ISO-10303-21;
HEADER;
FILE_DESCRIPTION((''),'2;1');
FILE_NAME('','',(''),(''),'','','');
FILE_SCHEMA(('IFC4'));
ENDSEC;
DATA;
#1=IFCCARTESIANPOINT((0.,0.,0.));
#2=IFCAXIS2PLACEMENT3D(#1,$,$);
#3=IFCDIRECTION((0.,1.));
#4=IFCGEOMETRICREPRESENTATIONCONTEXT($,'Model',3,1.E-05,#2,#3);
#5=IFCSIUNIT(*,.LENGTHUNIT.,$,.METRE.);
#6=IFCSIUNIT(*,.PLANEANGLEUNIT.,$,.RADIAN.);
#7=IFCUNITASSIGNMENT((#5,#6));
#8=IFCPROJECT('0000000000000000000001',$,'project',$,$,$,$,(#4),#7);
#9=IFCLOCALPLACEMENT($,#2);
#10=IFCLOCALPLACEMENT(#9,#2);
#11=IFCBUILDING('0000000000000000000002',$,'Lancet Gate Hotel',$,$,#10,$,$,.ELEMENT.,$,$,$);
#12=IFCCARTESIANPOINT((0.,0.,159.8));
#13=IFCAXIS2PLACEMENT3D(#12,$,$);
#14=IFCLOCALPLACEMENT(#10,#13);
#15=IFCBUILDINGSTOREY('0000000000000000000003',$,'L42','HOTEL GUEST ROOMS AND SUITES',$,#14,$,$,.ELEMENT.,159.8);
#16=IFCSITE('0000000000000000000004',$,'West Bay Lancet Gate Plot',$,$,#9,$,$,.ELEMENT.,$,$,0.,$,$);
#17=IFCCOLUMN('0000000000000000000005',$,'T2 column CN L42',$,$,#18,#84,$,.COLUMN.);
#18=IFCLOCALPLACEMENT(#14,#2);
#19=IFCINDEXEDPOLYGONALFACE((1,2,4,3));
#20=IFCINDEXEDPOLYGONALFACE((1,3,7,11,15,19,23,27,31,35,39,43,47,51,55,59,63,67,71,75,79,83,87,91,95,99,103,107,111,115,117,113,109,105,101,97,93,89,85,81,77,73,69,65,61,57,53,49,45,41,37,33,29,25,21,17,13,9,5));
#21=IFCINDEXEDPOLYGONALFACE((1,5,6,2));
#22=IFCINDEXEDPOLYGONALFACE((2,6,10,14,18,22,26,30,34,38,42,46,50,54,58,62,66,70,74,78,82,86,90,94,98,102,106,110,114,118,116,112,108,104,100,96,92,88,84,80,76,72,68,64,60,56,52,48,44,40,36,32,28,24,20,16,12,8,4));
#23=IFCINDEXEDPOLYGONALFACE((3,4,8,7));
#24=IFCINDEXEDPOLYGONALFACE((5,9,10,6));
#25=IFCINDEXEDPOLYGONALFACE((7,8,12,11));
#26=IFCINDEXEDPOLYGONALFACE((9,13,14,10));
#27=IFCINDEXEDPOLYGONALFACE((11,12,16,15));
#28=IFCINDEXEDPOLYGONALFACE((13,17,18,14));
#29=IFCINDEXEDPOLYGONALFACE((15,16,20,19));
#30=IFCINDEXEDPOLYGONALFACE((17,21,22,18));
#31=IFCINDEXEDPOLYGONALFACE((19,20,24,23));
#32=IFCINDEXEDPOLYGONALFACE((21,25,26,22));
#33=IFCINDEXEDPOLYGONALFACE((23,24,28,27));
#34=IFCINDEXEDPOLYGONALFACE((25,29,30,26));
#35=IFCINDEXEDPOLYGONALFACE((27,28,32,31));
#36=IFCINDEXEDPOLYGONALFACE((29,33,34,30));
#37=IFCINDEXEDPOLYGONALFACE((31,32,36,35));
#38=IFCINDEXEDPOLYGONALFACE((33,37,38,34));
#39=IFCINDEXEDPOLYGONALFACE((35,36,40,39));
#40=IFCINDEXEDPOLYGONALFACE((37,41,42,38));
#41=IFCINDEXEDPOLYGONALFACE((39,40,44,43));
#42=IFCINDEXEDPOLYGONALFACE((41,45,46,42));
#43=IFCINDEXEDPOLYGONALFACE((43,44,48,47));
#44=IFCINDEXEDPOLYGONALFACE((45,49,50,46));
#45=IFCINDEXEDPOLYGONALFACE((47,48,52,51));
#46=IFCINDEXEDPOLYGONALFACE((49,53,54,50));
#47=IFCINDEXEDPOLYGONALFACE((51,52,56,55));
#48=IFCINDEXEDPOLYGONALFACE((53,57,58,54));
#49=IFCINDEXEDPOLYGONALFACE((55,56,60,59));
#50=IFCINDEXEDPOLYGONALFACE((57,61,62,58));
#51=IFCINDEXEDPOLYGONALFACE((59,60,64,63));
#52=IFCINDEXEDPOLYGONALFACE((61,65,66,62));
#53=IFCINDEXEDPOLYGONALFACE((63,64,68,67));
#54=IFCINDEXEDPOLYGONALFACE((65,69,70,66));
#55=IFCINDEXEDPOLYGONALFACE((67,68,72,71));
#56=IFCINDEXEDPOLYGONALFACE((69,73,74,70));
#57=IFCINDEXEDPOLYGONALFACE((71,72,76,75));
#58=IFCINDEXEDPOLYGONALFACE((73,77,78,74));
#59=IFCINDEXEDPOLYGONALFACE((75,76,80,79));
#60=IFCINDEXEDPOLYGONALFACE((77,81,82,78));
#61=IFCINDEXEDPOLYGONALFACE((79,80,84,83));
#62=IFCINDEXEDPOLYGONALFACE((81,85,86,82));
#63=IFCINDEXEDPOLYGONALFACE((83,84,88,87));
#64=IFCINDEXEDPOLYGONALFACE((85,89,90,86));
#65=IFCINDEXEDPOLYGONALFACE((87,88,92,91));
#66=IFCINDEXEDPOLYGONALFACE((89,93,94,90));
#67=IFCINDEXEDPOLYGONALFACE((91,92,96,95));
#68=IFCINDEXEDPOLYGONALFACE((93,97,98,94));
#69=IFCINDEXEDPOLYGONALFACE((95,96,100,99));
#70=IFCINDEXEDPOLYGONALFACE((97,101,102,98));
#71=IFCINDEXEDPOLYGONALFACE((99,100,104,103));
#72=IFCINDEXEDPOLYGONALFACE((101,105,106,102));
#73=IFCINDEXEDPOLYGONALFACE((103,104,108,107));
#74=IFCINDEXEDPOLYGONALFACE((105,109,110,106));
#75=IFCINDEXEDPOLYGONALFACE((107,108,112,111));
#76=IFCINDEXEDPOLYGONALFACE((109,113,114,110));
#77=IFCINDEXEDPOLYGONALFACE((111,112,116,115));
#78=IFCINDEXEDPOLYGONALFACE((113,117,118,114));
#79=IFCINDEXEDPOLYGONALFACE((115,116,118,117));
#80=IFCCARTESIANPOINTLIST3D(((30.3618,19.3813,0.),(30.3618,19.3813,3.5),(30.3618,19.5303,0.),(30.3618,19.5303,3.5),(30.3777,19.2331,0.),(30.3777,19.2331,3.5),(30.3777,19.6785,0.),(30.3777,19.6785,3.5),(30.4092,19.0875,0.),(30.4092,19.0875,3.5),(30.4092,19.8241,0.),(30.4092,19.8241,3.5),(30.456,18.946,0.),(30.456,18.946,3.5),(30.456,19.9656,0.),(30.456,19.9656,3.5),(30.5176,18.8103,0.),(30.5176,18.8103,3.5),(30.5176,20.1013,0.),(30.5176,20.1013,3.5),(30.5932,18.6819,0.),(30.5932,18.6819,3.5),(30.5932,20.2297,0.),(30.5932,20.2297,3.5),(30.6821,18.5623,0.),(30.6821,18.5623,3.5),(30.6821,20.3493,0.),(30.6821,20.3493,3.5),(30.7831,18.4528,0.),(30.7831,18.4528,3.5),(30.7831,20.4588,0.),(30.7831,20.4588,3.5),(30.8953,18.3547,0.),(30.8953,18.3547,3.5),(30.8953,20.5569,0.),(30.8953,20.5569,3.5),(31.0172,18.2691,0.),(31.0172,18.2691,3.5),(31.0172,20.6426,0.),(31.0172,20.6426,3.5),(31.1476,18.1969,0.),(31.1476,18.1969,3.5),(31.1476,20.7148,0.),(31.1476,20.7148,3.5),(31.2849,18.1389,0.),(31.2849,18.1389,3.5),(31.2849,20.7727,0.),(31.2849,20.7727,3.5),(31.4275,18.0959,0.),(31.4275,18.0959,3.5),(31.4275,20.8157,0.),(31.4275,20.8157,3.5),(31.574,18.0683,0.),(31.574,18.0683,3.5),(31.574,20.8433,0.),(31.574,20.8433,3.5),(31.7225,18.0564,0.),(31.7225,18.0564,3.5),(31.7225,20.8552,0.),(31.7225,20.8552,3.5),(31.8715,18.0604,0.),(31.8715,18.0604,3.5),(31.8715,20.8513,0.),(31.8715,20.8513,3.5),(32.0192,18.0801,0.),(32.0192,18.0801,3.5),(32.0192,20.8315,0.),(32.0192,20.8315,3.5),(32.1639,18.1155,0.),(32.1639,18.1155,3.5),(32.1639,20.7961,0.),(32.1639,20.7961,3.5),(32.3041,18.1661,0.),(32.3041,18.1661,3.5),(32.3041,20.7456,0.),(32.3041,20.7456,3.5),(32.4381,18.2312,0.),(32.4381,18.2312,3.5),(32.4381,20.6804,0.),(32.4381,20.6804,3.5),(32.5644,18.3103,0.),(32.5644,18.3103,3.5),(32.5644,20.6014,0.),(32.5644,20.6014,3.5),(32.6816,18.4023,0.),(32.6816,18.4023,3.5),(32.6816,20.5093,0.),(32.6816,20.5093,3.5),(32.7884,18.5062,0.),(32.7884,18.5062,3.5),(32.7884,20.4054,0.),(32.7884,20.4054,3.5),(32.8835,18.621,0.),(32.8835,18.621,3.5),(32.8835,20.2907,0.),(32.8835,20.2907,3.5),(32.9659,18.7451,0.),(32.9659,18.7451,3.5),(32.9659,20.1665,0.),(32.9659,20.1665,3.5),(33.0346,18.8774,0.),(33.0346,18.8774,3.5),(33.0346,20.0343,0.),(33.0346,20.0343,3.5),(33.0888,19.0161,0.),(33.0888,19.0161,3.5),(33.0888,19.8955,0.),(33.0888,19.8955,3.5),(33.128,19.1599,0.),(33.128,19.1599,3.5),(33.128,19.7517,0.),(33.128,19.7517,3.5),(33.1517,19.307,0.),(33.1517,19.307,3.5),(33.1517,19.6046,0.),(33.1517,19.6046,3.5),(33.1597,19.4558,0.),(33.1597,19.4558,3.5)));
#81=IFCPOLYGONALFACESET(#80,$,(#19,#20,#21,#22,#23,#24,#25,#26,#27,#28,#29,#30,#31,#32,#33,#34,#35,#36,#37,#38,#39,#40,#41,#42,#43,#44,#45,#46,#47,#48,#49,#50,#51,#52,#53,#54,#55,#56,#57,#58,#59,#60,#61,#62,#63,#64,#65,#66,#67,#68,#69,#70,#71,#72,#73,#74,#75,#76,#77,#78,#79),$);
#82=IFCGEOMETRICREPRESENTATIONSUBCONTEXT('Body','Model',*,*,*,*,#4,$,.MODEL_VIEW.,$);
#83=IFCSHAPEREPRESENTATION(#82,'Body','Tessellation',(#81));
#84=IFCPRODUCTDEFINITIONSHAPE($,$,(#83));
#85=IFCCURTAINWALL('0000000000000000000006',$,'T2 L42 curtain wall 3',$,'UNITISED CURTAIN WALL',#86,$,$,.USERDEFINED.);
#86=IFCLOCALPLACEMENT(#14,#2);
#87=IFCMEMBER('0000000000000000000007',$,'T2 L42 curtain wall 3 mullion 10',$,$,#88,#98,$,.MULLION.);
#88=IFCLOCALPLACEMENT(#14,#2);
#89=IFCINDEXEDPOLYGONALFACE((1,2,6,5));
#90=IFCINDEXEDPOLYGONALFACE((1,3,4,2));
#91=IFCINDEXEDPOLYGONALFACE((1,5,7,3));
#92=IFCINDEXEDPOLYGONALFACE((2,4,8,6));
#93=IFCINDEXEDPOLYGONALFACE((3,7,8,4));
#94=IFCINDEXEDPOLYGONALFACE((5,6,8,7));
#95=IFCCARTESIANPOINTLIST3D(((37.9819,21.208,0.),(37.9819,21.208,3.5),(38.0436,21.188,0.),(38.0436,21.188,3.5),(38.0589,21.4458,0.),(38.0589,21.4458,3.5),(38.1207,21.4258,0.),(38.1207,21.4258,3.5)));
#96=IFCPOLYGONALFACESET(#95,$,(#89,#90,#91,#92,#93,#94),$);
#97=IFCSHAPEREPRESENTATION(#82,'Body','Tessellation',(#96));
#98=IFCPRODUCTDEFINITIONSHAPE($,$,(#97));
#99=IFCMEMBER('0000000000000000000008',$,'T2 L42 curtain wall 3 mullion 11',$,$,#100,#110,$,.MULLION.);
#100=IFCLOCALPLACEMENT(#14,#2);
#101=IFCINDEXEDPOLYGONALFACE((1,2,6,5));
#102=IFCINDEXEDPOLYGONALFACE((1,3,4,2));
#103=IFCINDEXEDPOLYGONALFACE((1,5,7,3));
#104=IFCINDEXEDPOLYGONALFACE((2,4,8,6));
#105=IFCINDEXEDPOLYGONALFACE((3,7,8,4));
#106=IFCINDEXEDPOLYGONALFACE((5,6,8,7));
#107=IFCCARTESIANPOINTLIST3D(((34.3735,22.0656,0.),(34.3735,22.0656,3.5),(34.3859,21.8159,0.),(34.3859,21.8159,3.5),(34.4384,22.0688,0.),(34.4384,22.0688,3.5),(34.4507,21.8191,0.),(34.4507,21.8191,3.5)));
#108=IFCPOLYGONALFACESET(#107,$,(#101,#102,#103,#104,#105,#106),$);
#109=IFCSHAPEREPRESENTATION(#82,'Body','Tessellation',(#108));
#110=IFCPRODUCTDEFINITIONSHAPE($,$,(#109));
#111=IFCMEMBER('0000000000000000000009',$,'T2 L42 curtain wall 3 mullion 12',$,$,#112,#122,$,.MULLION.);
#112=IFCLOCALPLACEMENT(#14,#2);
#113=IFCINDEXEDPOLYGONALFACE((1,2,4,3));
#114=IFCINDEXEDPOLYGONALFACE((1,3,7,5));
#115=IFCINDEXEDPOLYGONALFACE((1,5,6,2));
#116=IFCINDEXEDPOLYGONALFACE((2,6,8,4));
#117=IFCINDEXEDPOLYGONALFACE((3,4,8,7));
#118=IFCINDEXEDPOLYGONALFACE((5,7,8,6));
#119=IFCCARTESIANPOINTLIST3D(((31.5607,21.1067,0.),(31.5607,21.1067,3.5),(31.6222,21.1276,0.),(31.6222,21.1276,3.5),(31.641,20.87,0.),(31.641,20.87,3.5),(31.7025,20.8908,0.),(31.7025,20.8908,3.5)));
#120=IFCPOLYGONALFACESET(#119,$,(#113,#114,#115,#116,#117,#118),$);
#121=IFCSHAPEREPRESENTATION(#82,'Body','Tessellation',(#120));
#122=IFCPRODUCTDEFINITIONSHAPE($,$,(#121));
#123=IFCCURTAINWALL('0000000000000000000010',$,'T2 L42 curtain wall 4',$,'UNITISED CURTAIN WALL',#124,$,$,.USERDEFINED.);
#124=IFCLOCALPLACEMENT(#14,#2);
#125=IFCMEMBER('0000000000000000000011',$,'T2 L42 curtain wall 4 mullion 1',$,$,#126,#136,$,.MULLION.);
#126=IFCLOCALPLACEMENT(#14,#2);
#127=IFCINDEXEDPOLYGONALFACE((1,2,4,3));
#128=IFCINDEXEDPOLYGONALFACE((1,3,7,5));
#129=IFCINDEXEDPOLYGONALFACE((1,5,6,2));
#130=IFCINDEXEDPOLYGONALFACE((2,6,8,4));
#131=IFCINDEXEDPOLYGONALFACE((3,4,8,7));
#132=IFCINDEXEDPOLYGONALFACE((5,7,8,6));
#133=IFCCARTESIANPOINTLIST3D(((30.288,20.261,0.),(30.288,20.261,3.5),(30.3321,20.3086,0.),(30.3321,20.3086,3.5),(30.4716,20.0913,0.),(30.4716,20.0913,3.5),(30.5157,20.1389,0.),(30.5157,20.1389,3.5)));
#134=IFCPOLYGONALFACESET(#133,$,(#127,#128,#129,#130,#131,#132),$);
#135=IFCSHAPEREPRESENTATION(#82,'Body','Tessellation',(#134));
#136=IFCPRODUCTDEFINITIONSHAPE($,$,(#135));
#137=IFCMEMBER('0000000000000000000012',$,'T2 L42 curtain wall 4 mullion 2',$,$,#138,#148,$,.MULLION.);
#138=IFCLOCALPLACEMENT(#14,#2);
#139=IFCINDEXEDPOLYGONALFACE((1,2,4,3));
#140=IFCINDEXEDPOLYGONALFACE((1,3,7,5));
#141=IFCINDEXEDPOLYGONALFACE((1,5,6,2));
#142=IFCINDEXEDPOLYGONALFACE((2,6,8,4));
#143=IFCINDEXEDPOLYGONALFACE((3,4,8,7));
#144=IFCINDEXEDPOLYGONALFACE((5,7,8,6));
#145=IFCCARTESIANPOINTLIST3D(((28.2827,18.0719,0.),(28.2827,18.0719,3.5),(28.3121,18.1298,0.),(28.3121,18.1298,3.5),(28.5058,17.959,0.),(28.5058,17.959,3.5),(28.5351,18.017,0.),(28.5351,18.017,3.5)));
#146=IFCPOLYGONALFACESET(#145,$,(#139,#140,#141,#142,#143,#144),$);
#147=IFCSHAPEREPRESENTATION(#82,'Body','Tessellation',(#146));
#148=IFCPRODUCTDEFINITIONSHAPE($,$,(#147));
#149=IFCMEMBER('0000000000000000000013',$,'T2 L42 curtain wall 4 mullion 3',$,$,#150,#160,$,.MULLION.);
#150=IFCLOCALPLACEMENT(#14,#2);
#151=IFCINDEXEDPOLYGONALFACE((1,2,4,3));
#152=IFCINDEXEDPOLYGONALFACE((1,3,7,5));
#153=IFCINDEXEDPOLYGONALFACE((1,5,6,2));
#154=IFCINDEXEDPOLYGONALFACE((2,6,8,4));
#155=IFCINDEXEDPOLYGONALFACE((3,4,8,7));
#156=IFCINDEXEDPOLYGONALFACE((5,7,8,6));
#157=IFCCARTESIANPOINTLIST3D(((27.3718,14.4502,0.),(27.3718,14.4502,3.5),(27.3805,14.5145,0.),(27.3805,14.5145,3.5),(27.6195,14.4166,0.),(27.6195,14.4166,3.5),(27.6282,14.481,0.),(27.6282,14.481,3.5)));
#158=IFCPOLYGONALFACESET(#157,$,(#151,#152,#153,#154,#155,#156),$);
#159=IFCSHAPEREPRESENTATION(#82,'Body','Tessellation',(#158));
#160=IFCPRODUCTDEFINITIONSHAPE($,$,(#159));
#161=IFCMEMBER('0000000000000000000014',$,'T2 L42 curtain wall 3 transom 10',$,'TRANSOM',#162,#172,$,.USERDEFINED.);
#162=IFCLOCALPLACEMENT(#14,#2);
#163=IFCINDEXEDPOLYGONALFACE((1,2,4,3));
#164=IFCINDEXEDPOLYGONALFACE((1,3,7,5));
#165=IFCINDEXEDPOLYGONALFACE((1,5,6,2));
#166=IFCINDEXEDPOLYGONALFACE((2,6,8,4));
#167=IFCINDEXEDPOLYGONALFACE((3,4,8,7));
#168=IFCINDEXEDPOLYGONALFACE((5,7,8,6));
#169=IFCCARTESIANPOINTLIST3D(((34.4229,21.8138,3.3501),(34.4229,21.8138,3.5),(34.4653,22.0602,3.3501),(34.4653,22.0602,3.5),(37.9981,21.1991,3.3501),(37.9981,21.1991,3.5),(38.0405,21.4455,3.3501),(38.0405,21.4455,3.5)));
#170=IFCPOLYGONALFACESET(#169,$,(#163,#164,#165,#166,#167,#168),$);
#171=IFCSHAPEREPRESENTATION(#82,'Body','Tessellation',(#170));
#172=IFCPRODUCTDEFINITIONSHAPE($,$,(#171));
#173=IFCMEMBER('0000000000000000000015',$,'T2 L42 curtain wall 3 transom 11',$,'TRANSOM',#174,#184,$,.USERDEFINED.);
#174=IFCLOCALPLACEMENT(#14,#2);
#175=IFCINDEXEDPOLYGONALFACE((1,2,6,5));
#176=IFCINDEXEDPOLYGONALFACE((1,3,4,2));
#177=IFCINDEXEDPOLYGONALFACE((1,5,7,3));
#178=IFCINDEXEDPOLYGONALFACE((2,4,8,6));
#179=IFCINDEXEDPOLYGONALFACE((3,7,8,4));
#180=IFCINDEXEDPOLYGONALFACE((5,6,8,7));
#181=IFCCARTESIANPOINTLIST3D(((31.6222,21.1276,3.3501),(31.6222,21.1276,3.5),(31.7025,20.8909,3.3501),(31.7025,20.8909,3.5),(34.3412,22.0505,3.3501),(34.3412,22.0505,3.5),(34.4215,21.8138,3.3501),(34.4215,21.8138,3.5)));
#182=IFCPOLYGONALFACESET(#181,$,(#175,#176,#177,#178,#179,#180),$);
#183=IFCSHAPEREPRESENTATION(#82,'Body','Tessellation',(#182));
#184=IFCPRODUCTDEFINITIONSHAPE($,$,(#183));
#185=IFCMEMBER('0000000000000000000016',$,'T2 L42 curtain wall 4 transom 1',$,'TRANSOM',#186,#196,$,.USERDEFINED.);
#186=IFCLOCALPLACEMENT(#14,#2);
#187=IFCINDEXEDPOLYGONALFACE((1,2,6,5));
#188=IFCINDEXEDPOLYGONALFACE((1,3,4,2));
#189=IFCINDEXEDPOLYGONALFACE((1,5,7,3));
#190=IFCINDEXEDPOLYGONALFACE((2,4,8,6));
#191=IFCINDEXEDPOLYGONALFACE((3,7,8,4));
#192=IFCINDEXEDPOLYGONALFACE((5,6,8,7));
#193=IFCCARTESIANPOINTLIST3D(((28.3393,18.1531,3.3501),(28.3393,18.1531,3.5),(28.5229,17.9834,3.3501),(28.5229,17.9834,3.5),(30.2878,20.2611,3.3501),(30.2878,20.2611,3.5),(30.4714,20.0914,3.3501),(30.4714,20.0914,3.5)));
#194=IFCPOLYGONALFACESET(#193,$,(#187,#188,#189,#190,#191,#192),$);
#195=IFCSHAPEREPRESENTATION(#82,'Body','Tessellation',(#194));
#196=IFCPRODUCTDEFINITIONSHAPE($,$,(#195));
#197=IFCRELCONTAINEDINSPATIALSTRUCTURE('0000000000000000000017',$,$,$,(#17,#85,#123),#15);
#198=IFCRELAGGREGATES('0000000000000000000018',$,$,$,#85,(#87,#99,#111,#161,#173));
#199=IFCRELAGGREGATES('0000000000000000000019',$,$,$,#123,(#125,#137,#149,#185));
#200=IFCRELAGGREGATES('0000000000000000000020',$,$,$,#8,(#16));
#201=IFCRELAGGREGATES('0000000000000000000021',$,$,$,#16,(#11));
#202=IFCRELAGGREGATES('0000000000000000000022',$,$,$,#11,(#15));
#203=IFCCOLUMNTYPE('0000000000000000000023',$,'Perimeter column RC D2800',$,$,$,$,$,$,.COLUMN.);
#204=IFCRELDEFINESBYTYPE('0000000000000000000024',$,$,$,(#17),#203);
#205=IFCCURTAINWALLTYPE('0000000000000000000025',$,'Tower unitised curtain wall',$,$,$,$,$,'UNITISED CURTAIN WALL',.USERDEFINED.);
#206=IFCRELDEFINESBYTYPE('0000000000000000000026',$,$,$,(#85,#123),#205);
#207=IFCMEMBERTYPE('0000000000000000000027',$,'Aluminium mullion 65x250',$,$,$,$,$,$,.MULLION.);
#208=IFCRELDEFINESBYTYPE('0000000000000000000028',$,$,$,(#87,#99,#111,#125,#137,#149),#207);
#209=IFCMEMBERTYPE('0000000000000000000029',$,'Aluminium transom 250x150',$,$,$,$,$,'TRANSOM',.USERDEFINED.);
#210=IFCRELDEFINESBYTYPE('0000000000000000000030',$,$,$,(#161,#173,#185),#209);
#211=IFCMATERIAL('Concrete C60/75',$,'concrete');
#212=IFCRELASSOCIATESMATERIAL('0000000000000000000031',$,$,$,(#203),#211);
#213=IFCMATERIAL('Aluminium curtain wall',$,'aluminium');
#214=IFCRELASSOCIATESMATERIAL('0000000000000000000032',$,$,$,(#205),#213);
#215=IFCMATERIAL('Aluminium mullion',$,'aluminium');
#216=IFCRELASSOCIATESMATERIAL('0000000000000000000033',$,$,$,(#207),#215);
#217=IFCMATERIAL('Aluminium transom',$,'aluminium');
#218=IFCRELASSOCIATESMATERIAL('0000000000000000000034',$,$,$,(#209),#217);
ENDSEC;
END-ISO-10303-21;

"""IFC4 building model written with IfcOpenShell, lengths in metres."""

from ifc_helpers import new_model, si_unit, direction, frame, origin, origin_2d, place, context, subcontext, project, spatial, rectangle, circle, extrude, material, material_profile, profile_set, type_object, element, aggregate, save


model = new_model("IFC4")

# Units and contexts
model_context = context("Model", 3, precision=1e-05, world=origin(), true_north=direction((0.0, 1.0)))
body_context = subcontext(model_context, "Body", "Model", "MODEL_VIEW")
ifc_project = project(units=[si_unit("LENGTHUNIT", "METRE"), si_unit("PLANEANGLEUNIT", "RADIAN")], contexts=[model_context])

# Site, building, storey
site_placement = place(None, origin())
site = spatial("IfcSite", under=ifc_project, at=site_placement, Name="West Bay Lancet Gate Plot", CompositionType="ELEMENT", RefElevation=0.0)
building_placement = place(site_placement, origin())
building = spatial("IfcBuilding", under=site, at=building_placement, Name="Lancet Gate Hotel", CompositionType="ELEMENT")
storey_placement = place(building_placement, frame((0.0, 0.0, 159.8)))
storey = spatial("IfcBuildingStorey", under=building, at=storey_placement, Name="L42", Description="HOTEL GUEST ROOMS AND SUITES", CompositionType="ELEMENT", Elevation=159.8)

# Column
ifc_material_1 = material(Name="Concrete C60/75", Category="concrete")
ifc_material_profile_1 = material_profile(ifc_material_1, circle(Radius=1.3999, at=origin_2d()), Name="RC D2800")
ifc_profile_set_1 = profile_set([ifc_material_profile_1], Name="Concrete C60/75")
column_type = type_object("IfcColumnType", Name="Perimeter column RC D2800", PredefinedType="COLUMN", material=ifc_profile_set_1)
column_placement = place(storey_placement, frame((31.7598, 19.4558, 0.0), z_axis=(0.0, 0.0, 1.0), x_axis=(1.0, 0.0, 0.0)))
element("IfcColumn", 1, at=column_placement, inside=storey, type_object=column_type, Name="T2 column CN L42", PredefinedType="COLUMN", context=body_context, shape_type="SweptSolid", body=[
    extrude(circle(Radius=1.3999, at=origin_2d()), origin(), (0.0, 0.0, 1.0), 3.5),
])

# Curtain walls, members
ifc_material_2 = material(Name="Aluminium curtain wall", Category="aluminium")
curtain_wall_type = type_object("IfcCurtainWallType", Name="Tower unitised curtain wall", ElementType="UNITISED CURTAIN WALL", PredefinedType="USERDEFINED", material=ifc_material_2)
curtain_wall_1_placement = place(storey_placement, origin())
curtain_wall_1 = element("IfcCurtainWall", 2, at=curtain_wall_1_placement, inside=storey, type_object=curtain_wall_type, Name="T2 L42 curtain wall 3", ObjectType="UNITISED CURTAIN WALL", PredefinedType="USERDEFINED")
ifc_material_3 = material(Name="Aluminium mullion", Category="aluminium")
ifc_material_profile_2 = material_profile(ifc_material_3, rectangle(XDim=0.0649, YDim=0.25, at=origin_2d()), Name="MULLION 65x250")
ifc_profile_set_2 = profile_set([ifc_material_profile_2], Name="Aluminium mullion")
member_type_1 = type_object("IfcMemberType", Name="Aluminium mullion 65x250", PredefinedType="MULLION", material=ifc_profile_set_2)
member_1_placement = place(storey_placement, frame((38.0513, 21.3169, 0.0), z_axis=(0.0, 0.0, 1.0), x_axis=(-0.951355, 0.308095, 0.0)))
member_1 = element("IfcMember", 3, at=member_1_placement, type_object=member_type_1, Name="T2 L42 curtain wall 3 mullion 10", PredefinedType="MULLION", context=body_context, shape_type="SweptSolid", body=[
    extrude(rectangle(XDim=0.0649, YDim=0.25, at=origin_2d()), origin(), (0.0, 0.0, 1.0), 3.5),
])
member_2_placement = place(storey_placement, frame((34.4121, 21.9424, 0.0), z_axis=(0.0, 0.0, 1.0), x_axis=(-0.998776, -0.049471, 0.0)))
member_2 = element("IfcMember", 4, at=member_2_placement, type_object=member_type_1, Name="T2 L42 curtain wall 3 mullion 11", PredefinedType="MULLION", context=body_context, shape_type="SweptSolid", body=[
    extrude(rectangle(XDim=0.0649, YDim=0.25, at=origin_2d()), origin(), (0.0, 0.0, 1.0), 3.5),
])
member_3_placement = place(storey_placement, frame((31.6316, 20.9988, 0.0), z_axis=(0.0, 0.0, 1.0), x_axis=(-0.946952, -0.321374, 0.0)))
member_3 = element("IfcMember", 5, at=member_3_placement, type_object=member_type_1, Name="T2 L42 curtain wall 3 mullion 12", PredefinedType="MULLION", context=body_context, shape_type="SweptSolid", body=[
    extrude(rectangle(XDim=0.0649, YDim=0.25, at=origin_2d()), origin(), (0.0, 0.0, 1.0), 3.5),
])
curtain_wall_2_placement = place(storey_placement, origin())
curtain_wall_2 = element("IfcCurtainWall", 6, at=curtain_wall_2_placement, inside=storey, type_object=curtain_wall_type, Name="T2 L42 curtain wall 4", ObjectType="UNITISED CURTAIN WALL", PredefinedType="USERDEFINED")
member_4_placement = place(storey_placement, frame((30.4019, 20.2, 0.0), z_axis=(0.0, 0.0, 1.0), x_axis=(-0.678831, -0.734294, 0.0)))
member_4 = element("IfcMember", 7, at=member_4_placement, type_object=member_type_1, Name="T2 L42 curtain wall 4 mullion 1", PredefinedType="MULLION", context=body_context, shape_type="SweptSolid", body=[
    extrude(rectangle(XDim=0.0649, YDim=0.25, at=origin_2d()), origin(), (0.0, 0.0, 1.0), 3.5),
])
member_5_placement = place(storey_placement, frame((28.4089, 18.0444, 0.0), z_axis=(0.0, 0.0, 1.0), x_axis=(-0.451506, -0.892268, 0.0)))
member_5 = element("IfcMember", 8, at=member_5_placement, type_object=member_type_1, Name="T2 L42 curtain wall 4 mullion 2", PredefinedType="MULLION", context=body_context, shape_type="SweptSolid", body=[
    extrude(rectangle(XDim=0.0649, YDim=0.25, at=origin_2d()), origin(), (0.0, 0.0, 1.0), 3.5),
])
member_6_placement = place(storey_placement, frame((27.5, 14.4656, 0.0), z_axis=(0.0, 0.0, 1.0), x_axis=(-0.134207, -0.990953, 0.0)))
member_6 = element("IfcMember", 9, at=member_6_placement, type_object=member_type_1, Name="T2 L42 curtain wall 4 mullion 3", PredefinedType="MULLION", context=body_context, shape_type="SweptSolid", body=[
    extrude(rectangle(XDim=0.0649, YDim=0.25, at=origin_2d()), origin(), (0.0, 0.0, 1.0), 3.5),
])

# Members
ifc_material_4 = material(Name="Aluminium transom", Category="aluminium")
ifc_material_profile_3 = material_profile(ifc_material_4, rectangle(XDim=0.25, YDim=0.1499, at=origin_2d()), Name="TRANSOM 250x150")
ifc_profile_set_3 = profile_set([ifc_material_profile_3], Name="Aluminium transom")
member_type_2 = type_object("IfcMemberType", Name="Aluminium transom 250x150", ElementType="TRANSOM", PredefinedType="USERDEFINED", material=ifc_profile_set_3)
member_7_placement = place(storey_placement, frame((38.0193, 21.3223, 3.425), z_axis=(-0.985537, 0.169461, 0.0), x_axis=(-0.169461, -0.985537, 0.0)))
member_7 = element("IfcMember", 10, at=member_7_placement, type_object=member_type_2, Name="T2 L42 curtain wall 3 transom 10", ObjectType="TRANSOM", PredefinedType="USERDEFINED", context=body_context, shape_type="SweptSolid", body=[
    extrude(rectangle(XDim=0.25, YDim=0.1499, at=origin_2d()), origin(), (0.0, 0.0, 1.0), 3.6277),
])
member_8_placement = place(storey_placement, frame((34.3813, 21.9321, 3.425), z_axis=(-0.946943, -0.321401, 0.0), x_axis=(0.321401, -0.946943, 0.0)))
member_8 = element("IfcMember", 11, at=member_8_placement, type_object=member_type_2, Name="T2 L42 curtain wall 3 transom 11", ObjectType="TRANSOM", PredefinedType="USERDEFINED", context=body_context, shape_type="SweptSolid", body=[
    extrude(rectangle(XDim=0.25, YDim=0.1499, at=origin_2d()), origin(), (0.0, 0.0, 1.0), 2.8713),
])
member_9_placement = place(storey_placement, frame((30.3796, 20.1763, 3.425), z_axis=(-0.678792, -0.73433, 0.0), x_axis=(0.73433, -0.678792, 0.0)))
member_9 = element("IfcMember", 12, at=member_9_placement, type_object=member_type_2, Name="T2 L42 curtain wall 4 transom 1", ObjectType="TRANSOM", PredefinedType="USERDEFINED", context=body_context, shape_type="SweptSolid", body=[
    extrude(rectangle(XDim=0.25, YDim=0.1499, at=origin_2d()), origin(), (0.0, 0.0, 1.0), 2.8706),
])

aggregate(curtain_wall_1, [member_1, member_2, member_3, member_7, member_8])
aggregate(curtain_wall_2, [member_4, member_5, member_6, member_9])

save(model, "model.ifc")
